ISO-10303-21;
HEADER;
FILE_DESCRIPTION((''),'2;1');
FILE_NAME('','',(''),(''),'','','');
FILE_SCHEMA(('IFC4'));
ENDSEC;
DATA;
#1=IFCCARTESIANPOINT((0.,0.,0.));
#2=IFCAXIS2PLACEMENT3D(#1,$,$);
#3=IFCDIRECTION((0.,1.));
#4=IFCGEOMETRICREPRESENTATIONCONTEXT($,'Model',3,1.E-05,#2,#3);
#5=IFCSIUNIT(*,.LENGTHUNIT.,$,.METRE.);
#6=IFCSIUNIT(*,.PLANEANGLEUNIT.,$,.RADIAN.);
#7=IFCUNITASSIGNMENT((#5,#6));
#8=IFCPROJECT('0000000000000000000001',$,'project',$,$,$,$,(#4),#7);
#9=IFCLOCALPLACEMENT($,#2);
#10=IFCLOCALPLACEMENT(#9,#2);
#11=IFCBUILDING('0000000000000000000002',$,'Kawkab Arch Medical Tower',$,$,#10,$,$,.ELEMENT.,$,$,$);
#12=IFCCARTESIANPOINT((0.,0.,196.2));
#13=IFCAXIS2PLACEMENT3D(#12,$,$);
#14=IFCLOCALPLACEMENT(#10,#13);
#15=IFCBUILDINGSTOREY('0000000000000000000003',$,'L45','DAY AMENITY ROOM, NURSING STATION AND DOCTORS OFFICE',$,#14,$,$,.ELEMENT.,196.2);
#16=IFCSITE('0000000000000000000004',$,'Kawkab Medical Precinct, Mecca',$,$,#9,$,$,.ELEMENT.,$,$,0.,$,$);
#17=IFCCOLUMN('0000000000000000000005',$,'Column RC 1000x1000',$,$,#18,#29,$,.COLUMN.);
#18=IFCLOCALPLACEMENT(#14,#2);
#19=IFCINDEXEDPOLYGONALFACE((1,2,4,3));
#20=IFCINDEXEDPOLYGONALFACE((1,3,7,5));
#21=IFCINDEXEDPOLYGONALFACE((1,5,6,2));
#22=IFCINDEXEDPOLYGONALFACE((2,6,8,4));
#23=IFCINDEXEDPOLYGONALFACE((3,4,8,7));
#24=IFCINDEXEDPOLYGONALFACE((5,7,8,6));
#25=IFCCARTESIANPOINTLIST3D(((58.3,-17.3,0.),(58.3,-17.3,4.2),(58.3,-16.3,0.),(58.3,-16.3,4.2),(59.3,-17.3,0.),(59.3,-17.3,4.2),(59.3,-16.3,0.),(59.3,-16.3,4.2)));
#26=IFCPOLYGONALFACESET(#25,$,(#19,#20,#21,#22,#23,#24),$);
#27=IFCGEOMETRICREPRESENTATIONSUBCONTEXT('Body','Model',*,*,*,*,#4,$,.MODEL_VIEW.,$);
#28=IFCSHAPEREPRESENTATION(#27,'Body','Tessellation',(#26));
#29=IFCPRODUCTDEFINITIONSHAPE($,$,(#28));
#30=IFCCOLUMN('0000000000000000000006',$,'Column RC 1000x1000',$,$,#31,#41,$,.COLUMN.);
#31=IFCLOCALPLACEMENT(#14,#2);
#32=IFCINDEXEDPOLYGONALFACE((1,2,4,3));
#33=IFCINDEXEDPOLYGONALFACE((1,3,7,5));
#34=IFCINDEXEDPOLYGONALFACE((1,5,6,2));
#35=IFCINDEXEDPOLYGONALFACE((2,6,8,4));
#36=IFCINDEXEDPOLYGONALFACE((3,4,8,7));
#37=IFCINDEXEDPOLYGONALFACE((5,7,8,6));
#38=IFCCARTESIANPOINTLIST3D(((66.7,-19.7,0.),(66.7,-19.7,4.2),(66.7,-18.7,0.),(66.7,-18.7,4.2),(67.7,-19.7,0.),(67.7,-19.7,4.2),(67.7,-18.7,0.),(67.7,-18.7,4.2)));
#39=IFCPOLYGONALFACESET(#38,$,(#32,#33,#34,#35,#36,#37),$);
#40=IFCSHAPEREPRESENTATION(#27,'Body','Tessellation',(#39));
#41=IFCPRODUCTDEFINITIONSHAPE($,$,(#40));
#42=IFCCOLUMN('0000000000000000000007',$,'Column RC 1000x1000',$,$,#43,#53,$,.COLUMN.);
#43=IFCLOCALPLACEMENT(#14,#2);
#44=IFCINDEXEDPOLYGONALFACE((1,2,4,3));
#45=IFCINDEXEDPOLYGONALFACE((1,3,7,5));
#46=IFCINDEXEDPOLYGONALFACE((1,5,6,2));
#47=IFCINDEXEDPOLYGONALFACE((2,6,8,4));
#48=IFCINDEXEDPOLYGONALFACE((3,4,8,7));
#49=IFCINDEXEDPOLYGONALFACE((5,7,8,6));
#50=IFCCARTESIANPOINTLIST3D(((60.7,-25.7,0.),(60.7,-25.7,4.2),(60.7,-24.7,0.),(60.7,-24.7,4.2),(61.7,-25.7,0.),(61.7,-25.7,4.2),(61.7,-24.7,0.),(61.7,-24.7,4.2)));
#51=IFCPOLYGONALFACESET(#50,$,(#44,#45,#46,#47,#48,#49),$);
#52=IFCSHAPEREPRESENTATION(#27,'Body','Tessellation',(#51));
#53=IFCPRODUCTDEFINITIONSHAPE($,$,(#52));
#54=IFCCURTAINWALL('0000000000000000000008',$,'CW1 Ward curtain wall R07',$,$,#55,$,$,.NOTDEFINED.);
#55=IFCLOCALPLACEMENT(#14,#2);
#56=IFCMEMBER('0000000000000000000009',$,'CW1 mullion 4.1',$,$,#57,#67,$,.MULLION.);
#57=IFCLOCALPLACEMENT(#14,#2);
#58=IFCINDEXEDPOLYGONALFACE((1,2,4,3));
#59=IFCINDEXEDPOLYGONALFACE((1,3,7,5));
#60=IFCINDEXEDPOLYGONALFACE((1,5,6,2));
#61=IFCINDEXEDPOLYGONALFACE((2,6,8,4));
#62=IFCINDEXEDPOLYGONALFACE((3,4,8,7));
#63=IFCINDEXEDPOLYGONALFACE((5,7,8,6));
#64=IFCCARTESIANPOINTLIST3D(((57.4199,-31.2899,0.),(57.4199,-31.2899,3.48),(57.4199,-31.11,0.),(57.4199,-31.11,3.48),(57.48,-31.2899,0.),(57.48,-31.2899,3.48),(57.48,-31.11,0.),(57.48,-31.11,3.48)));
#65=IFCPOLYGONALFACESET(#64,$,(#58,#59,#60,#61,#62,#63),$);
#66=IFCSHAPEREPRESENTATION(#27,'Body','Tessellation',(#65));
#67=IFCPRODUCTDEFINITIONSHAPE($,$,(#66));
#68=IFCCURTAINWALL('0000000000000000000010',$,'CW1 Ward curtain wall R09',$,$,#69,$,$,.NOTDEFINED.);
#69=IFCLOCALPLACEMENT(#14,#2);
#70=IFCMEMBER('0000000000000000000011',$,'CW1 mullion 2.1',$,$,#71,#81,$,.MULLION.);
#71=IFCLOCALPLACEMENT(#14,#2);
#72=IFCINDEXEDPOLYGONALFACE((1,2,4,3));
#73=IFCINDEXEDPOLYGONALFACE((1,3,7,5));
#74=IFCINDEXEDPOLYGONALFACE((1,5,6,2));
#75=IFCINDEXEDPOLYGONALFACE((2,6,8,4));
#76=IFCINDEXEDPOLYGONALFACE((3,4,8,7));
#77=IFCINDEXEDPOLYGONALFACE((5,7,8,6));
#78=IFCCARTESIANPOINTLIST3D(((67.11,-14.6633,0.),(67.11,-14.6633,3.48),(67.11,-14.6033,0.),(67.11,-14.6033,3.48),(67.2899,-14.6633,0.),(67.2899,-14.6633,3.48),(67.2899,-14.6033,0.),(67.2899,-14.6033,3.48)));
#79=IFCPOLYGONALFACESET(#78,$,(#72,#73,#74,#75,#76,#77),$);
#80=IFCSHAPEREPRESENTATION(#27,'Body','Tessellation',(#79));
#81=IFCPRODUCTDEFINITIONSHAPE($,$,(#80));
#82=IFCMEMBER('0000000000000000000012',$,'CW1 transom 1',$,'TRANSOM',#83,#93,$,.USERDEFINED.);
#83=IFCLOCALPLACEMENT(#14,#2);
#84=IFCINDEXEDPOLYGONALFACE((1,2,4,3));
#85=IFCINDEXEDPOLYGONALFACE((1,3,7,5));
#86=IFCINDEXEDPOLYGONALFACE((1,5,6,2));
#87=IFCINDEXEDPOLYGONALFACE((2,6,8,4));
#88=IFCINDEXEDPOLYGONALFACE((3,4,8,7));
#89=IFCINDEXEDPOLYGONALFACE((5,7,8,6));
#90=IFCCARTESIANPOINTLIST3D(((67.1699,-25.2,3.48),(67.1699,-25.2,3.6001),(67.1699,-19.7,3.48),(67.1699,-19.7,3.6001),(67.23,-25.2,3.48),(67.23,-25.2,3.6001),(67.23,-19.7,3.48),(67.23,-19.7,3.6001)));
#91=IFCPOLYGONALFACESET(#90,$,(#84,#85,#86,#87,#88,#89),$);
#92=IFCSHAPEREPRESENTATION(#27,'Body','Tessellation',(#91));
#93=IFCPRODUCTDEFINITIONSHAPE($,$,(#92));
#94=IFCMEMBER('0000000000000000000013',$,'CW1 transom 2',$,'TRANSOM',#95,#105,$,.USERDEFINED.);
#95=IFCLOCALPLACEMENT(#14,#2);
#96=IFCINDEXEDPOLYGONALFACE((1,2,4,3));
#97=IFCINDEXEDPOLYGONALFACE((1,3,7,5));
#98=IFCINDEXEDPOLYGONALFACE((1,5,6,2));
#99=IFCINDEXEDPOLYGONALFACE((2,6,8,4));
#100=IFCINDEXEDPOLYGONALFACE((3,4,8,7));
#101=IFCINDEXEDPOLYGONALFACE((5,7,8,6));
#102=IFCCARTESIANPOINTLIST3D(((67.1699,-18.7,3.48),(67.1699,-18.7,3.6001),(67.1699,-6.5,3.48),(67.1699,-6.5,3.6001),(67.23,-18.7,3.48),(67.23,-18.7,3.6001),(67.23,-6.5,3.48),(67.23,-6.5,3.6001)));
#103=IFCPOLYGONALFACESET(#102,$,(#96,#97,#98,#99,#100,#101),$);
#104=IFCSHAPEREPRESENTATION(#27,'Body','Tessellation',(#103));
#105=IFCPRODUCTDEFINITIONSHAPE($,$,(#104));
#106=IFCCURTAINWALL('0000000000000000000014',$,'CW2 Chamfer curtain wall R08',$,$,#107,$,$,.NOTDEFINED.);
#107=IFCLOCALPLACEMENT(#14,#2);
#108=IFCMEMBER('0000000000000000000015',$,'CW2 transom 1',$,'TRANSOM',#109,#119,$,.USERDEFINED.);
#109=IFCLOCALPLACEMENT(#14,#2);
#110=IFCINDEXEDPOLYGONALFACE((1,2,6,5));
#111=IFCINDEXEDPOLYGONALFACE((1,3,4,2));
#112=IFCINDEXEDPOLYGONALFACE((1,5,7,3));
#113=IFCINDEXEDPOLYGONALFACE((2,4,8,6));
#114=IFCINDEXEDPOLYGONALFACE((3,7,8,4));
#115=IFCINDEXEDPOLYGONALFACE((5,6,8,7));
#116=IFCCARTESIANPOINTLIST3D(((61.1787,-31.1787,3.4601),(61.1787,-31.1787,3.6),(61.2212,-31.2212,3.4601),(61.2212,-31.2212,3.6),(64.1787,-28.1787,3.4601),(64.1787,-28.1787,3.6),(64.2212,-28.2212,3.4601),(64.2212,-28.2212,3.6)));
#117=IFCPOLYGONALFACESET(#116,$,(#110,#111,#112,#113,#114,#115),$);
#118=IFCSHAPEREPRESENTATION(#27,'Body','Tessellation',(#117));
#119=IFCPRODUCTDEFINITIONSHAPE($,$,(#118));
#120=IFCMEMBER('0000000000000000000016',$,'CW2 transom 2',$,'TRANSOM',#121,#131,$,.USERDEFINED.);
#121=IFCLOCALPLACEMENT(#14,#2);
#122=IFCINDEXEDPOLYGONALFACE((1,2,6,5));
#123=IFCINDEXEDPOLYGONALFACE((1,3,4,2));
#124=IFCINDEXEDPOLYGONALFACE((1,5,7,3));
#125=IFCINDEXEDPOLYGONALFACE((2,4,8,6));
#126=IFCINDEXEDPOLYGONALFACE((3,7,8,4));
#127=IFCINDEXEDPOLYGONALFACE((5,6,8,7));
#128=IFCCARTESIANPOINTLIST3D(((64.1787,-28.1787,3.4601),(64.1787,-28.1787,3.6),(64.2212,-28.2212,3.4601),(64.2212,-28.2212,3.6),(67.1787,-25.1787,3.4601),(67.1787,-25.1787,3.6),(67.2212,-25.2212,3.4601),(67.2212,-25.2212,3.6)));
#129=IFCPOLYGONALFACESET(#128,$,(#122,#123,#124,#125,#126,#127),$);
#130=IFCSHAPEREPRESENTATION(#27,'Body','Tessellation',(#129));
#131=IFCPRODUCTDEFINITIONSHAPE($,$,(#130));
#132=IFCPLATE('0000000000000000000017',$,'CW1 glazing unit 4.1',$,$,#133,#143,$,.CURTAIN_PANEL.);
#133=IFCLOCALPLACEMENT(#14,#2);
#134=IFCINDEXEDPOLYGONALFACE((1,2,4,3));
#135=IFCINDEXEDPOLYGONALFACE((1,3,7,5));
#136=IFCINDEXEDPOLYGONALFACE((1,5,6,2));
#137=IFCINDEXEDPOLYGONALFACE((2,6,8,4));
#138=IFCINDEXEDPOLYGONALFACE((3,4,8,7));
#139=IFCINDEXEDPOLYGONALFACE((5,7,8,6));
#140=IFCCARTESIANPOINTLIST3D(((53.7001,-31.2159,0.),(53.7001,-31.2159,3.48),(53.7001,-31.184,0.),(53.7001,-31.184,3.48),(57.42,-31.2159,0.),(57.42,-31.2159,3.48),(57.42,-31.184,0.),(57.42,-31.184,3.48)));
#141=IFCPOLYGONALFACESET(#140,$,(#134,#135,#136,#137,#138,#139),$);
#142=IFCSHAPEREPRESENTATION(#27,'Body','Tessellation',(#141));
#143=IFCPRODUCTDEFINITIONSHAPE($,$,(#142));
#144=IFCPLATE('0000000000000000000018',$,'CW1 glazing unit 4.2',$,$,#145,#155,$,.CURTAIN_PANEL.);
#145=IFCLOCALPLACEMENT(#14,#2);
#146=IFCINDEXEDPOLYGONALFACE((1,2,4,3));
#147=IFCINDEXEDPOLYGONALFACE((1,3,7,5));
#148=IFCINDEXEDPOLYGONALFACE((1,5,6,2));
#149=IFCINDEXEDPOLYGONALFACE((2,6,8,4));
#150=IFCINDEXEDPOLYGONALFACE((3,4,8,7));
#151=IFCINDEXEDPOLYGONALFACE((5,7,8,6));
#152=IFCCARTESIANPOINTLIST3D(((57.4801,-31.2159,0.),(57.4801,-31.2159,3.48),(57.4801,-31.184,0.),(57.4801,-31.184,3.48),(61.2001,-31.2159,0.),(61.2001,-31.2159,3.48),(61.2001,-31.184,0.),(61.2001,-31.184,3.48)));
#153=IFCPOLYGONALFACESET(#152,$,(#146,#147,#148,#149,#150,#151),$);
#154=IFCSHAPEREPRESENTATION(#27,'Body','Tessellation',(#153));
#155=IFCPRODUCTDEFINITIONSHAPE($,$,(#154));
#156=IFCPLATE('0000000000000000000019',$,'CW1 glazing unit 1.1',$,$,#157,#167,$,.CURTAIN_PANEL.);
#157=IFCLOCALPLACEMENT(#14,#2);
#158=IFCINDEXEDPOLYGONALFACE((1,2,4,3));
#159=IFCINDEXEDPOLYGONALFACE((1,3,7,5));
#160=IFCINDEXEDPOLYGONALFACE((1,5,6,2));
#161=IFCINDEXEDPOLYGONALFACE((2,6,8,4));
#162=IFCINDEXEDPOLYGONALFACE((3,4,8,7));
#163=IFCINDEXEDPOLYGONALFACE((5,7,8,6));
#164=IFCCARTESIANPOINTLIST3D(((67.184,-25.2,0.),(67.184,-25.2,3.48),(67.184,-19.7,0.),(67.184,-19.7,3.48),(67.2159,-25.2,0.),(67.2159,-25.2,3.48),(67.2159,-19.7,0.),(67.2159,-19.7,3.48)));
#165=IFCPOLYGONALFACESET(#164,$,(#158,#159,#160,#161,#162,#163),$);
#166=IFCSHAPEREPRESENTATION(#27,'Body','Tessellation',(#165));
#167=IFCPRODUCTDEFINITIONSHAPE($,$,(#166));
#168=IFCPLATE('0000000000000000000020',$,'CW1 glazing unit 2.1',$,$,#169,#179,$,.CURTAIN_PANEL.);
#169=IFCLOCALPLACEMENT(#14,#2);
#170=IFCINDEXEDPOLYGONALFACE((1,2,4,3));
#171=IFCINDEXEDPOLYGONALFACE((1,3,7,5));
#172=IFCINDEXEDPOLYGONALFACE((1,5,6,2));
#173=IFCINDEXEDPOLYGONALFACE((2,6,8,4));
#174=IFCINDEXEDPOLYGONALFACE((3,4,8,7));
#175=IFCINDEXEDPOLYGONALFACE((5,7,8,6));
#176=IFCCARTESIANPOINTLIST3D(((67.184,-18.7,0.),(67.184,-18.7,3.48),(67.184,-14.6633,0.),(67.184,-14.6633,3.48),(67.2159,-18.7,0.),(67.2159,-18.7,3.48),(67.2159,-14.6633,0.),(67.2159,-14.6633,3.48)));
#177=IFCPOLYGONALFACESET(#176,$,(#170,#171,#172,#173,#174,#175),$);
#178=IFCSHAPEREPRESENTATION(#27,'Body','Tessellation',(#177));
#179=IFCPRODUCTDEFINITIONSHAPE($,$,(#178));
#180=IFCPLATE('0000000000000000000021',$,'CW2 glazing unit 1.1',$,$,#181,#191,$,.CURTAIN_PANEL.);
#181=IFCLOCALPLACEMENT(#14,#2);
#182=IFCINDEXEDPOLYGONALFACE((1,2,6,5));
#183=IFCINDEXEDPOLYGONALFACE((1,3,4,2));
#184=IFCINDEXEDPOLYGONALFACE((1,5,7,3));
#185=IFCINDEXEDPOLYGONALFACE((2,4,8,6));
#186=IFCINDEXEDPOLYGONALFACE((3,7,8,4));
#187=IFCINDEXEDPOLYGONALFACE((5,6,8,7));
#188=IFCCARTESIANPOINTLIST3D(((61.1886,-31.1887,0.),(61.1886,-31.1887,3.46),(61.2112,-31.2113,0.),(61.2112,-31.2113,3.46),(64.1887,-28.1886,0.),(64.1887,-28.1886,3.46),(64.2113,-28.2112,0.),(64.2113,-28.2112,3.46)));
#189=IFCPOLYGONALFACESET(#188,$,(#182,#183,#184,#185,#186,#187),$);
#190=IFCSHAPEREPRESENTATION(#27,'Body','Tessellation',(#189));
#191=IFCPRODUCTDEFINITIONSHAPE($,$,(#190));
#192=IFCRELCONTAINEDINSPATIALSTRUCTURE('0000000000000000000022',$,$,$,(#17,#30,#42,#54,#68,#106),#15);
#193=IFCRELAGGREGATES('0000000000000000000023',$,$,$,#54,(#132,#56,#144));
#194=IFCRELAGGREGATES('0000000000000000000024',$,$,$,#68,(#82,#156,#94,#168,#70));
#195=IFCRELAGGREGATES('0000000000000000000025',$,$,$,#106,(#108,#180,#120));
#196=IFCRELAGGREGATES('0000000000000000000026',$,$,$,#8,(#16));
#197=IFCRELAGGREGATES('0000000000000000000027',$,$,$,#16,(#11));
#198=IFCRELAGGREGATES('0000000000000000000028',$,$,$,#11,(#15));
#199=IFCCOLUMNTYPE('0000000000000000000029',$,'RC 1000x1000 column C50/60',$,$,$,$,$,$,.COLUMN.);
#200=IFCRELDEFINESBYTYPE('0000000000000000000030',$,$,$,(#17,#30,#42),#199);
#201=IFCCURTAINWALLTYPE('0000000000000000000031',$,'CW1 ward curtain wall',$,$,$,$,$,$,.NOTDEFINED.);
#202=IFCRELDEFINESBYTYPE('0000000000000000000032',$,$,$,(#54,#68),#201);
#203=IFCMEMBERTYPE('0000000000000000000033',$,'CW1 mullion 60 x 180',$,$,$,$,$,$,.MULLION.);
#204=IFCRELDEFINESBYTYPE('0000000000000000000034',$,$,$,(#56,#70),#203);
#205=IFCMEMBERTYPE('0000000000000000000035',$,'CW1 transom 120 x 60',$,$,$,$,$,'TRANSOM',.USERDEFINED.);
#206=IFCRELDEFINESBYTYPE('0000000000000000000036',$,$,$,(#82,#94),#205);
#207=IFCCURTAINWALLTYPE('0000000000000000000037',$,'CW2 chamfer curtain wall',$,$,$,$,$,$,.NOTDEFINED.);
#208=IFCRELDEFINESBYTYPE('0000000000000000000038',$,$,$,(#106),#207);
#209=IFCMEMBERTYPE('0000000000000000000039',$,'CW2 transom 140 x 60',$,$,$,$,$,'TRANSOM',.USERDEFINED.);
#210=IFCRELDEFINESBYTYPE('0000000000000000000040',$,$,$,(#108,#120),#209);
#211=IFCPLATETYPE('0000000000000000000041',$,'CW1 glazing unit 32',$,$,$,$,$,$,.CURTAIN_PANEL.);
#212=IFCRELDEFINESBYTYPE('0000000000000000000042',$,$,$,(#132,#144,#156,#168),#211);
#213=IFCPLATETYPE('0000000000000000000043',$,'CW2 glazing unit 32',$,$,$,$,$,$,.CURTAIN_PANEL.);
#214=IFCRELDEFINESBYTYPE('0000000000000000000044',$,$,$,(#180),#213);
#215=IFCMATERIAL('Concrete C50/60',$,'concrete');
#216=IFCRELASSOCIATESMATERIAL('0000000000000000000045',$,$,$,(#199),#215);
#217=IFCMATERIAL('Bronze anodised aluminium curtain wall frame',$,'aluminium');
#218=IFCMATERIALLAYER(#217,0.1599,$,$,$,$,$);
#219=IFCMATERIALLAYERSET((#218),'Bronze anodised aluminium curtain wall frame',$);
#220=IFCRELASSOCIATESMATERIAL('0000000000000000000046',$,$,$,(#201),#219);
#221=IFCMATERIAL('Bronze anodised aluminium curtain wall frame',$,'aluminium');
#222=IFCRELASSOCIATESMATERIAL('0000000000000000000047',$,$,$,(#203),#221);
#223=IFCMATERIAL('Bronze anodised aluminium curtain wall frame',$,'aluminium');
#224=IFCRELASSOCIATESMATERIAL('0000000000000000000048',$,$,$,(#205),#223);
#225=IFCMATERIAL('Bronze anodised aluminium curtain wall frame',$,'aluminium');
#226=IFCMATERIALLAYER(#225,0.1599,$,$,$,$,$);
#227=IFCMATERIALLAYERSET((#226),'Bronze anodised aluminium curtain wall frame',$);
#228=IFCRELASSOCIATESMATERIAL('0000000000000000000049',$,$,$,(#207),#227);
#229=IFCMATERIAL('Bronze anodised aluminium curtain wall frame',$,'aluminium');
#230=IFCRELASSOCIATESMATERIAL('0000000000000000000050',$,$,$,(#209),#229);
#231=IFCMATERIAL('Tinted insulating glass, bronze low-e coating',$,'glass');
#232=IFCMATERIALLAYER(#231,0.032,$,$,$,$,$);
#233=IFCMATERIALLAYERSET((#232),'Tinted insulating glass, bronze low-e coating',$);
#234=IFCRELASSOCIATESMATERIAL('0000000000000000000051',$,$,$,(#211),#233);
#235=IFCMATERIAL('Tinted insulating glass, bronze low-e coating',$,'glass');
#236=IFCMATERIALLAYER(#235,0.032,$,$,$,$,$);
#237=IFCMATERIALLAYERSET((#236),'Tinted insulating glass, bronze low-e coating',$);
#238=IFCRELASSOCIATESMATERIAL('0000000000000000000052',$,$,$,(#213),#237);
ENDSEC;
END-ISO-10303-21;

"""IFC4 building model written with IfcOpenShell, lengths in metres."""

from ifc_helpers import new_model, si_unit, direction, frame, origin, origin_2d, place, context, subcontext, project, spatial, rectangle, extrude, material, layer, layer_set, material_profile, profile_set, type_object, element, aggregate, save


model = new_model("IFC4")

# Units and contexts
model_context = context("Model", 3, precision=1e-05, world=origin(), true_north=direction((0.0, 1.0)))
body_context = subcontext(model_context, "Body", "Model", "MODEL_VIEW")
ifc_project = project(units=[si_unit("LENGTHUNIT", "METRE"), si_unit("PLANEANGLEUNIT", "RADIAN")], contexts=[model_context])

# Site, building, storey
site_placement = place(None, origin())
site = spatial("IfcSite", under=ifc_project, at=site_placement, Name="Kawkab Medical Precinct, Mecca", CompositionType="ELEMENT", RefElevation=0.0)
building_placement = place(site_placement, origin())
building = spatial("IfcBuilding", under=site, at=building_placement, Name="Kawkab Arch Medical Tower", CompositionType="ELEMENT")
storey_placement = place(building_placement, frame((0.0, 0.0, 196.2)))
storey = spatial("IfcBuildingStorey", under=building, at=storey_placement, Name="L45", Description="DAY AMENITY ROOM, NURSING STATION AND DOCTORS OFFICE", CompositionType="ELEMENT", Elevation=196.2)

# Columns
ifc_material_1 = material(Name="Concrete C50/60", Category="concrete")
ifc_material_profile_1 = material_profile(ifc_material_1, rectangle(XDim=1.0, YDim=1.0, at=origin_2d()), Name="RC 1000x1000")
ifc_profile_set_1 = profile_set([ifc_material_profile_1], Name="Concrete C50/60")
column_type = type_object("IfcColumnType", Name="RC 1000x1000 column C50/60", PredefinedType="COLUMN", material=ifc_profile_set_1)
for number, where, z_axis, x_axis, name in (
    (1, (58.8, -16.8, 0.0), (0.0, 0.0, 1.0), (1.0, 0.0, 0.0), "Column RC 1000x1000"),
    (2, (67.2, -19.2, 0.0), (0.0, 0.0, 1.0), (1.0, 0.0, 0.0), "Column RC 1000x1000"),
    (3, (61.2, -25.2, 0.0), (0.0, 0.0, 1.0), (1.0, 0.0, 0.0), "Column RC 1000x1000"),
):
    element("IfcColumn", number, at=place(storey_placement, frame(where, z_axis=z_axis, x_axis=x_axis)), inside=storey, type_object=column_type, Name=name, PredefinedType="COLUMN", context=body_context, shape_type="SweptSolid", body=[
        extrude(rectangle(XDim=1.0, YDim=1.0, at=origin_2d()), origin(), (0.0, 0.0, 1.0), 4.2),
    ])

# Curtain wall, member
ifc_material_2 = material(Name="Bronze anodised aluminium curtain wall frame", Category="aluminium")
ifc_layer_1 = layer(ifc_material_2, 0.1599)
ifc_layer_set_1 = layer_set([ifc_layer_1], Name="Bronze anodised aluminium curtain wall frame")
curtain_wall_type_1 = type_object("IfcCurtainWallType", Name="CW1 ward curtain wall", PredefinedType="NOTDEFINED", material=ifc_layer_set_1)
placement = place(storey_placement, origin())
curtain_wall_1 = element("IfcCurtainWall", 4, at=placement, inside=storey, type_object=curtain_wall_type_1, Name="CW1 Ward curtain wall R07", PredefinedType="NOTDEFINED")
ifc_material_3 = material(Name="Bronze anodised aluminium curtain wall frame", Category="aluminium")
ifc_material_profile_2 = material_profile(ifc_material_3, rectangle(XDim=0.1799, YDim=0.0601, at=origin_2d()), Name="AL 60x180")
ifc_profile_set_2 = profile_set([ifc_material_profile_2], Name="Bronze anodised aluminium curtain wall frame")
member_type_1 = type_object("IfcMemberType", Name="CW1 mullion 60 x 180", PredefinedType="MULLION", material=ifc_profile_set_2)
member_1_placement = place(storey_placement, frame((57.45, -31.2, 0.0), z_axis=(0.0, 0.0, 1.0), x_axis=(0.0, 1.0, 0.0)))
member_1 = element("IfcMember", 5, at=member_1_placement, type_object=member_type_1, Name="CW1 mullion 4.1", PredefinedType="MULLION", context=body_context, shape_type="SweptSolid", body=[
    extrude(rectangle(XDim=0.1799, YDim=0.0601, at=origin_2d()), origin(), (0.0, 0.0, 1.0), 3.48),
])

# Curtain walls, members
curtain_wall_2 = element("IfcCurtainWall", 6, at=placement, inside=storey, type_object=curtain_wall_type_1, Name="CW1 Ward curtain wall R09", PredefinedType="NOTDEFINED")
member_2_placement = place(storey_placement, frame((67.2, -14.6333, 0.0), z_axis=(0.0, 0.0, 1.0), x_axis=(-1.0, 0.0, 0.0)))
member_2 = element("IfcMember", 7, at=member_2_placement, type_object=member_type_1, Name="CW1 mullion 2.1", PredefinedType="MULLION", context=body_context, shape_type="SweptSolid", body=[
    extrude(rectangle(XDim=0.1799, YDim=0.0601, at=origin_2d()), origin(), (0.0, 0.0, 1.0), 3.48),
])
ifc_material_4 = material(Name="Bronze anodised aluminium curtain wall frame", Category="aluminium")
ifc_material_profile_3 = material_profile(ifc_material_4, rectangle(XDim=0.0601, YDim=0.1201, at=origin_2d()), Name="AL 60x120")
ifc_profile_set_3 = profile_set([ifc_material_profile_3], Name="Bronze anodised aluminium curtain wall frame")
member_type_2 = type_object("IfcMemberType", Name="CW1 transom 120 x 60", ElementType="TRANSOM", PredefinedType="USERDEFINED", material=ifc_profile_set_3)
member_3_placement = place(storey_placement, frame((67.2, -25.2, 3.54), z_axis=(0.0, 1.0, 0.0), x_axis=(-1.0, 0.0, 0.0)))
member_3 = element("IfcMember", 8, at=member_3_placement, type_object=member_type_2, Name="CW1 transom 1", ObjectType="TRANSOM", PredefinedType="USERDEFINED", context=body_context, shape_type="SweptSolid", body=[
    extrude(rectangle(XDim=0.0601, YDim=0.1201, at=origin_2d()), origin(), (0.0, 0.0, 1.0), 5.5),
])
member_4_placement = place(storey_placement, frame((67.2, -18.7, 3.54), z_axis=(0.0, 1.0, 0.0), x_axis=(-1.0, 0.0, 0.0)))
member_4 = element("IfcMember", 9, at=member_4_placement, type_object=member_type_2, Name="CW1 transom 2", ObjectType="TRANSOM", PredefinedType="USERDEFINED", context=body_context, shape_type="SweptSolid", body=[
    extrude(rectangle(XDim=0.0601, YDim=0.1201, at=origin_2d()), origin(), (0.0, 0.0, 1.0), 12.2),
])
ifc_material_5 = material(Name="Bronze anodised aluminium curtain wall frame", Category="aluminium")
ifc_layer_2 = layer(ifc_material_5, 0.1599)
ifc_layer_set_2 = layer_set([ifc_layer_2], Name="Bronze anodised aluminium curtain wall frame")
curtain_wall_type_2 = type_object("IfcCurtainWallType", Name="CW2 chamfer curtain wall", PredefinedType="NOTDEFINED", material=ifc_layer_set_2)
curtain_wall_3 = element("IfcCurtainWall", 10, at=placement, inside=storey, type_object=curtain_wall_type_2, Name="CW2 Chamfer curtain wall R08", PredefinedType="NOTDEFINED")
ifc_material_6 = material(Name="Bronze anodised aluminium curtain wall frame", Category="aluminium")
ifc_material_profile_4 = material_profile(ifc_material_6, rectangle(XDim=0.0601, YDim=0.1399, at=origin_2d()), Name="AL 60x140")
ifc_profile_set_4 = profile_set([ifc_material_profile_4], Name="Bronze anodised aluminium curtain wall frame")
member_type_3 = type_object("IfcMemberType", Name="CW2 transom 140 x 60", ElementType="TRANSOM", PredefinedType="USERDEFINED", material=ifc_profile_set_4)
member_5_placement = place(storey_placement, frame((61.2, -31.2, 3.53), z_axis=(0.707107, 0.707107, 0.0), x_axis=(-0.707107, 0.707107, 0.0)))
member_5 = element("IfcMember", 11, at=member_5_placement, type_object=member_type_3, Name="CW2 transom 1", ObjectType="TRANSOM", PredefinedType="USERDEFINED", context=body_context, shape_type="SweptSolid", body=[
    extrude(rectangle(XDim=0.0601, YDim=0.1399, at=origin_2d()), origin(), (0.0, 0.0, 1.0), 4.2427),
])
member_6_placement = place(storey_placement, frame((64.2, -28.2, 3.53), z_axis=(0.707107, 0.707107, 0.0), x_axis=(-0.707107, 0.707107, 0.0)))
member_6 = element("IfcMember", 12, at=member_6_placement, type_object=member_type_3, Name="CW2 transom 2", ObjectType="TRANSOM", PredefinedType="USERDEFINED", context=body_context, shape_type="SweptSolid", body=[
    extrude(rectangle(XDim=0.0601, YDim=0.1399, at=origin_2d()), origin(), (0.0, 0.0, 1.0), 4.2427),
])

# Plates
ifc_material_7 = material(Name="Tinted insulating glass, bronze low-e coating", Category="glass")
ifc_layer_3 = layer(ifc_material_7, 0.032)
ifc_layer_set_3 = layer_set([ifc_layer_3], Name="Tinted insulating glass, bronze low-e coating")
plate_type_1 = type_object("IfcPlateType", Name="CW1 glazing unit 32", PredefinedType="CURTAIN_PANEL", material=ifc_layer_set_3)
plate_1_placement = place(storey_placement, frame((55.5601, -31.2, 0.0), z_axis=(0.0, 0.0, 1.0), x_axis=(1.0, 0.0, 0.0)))
plate_1 = element("IfcPlate", 13, at=plate_1_placement, type_object=plate_type_1, Name="CW1 glazing unit 4.1", PredefinedType="CURTAIN_PANEL", context=body_context, shape_type="SweptSolid", body=[
    extrude(rectangle(XDim=3.72, YDim=0.032, at=origin_2d()), origin(), (0.0, 0.0, 1.0), 3.48),
])
plate_2_placement = place(storey_placement, frame((59.3401, -31.2, 0.0), z_axis=(0.0, 0.0, 1.0), x_axis=(1.0, 0.0, 0.0)))
plate_2 = element("IfcPlate", 14, at=plate_2_placement, type_object=plate_type_1, Name="CW1 glazing unit 4.2", PredefinedType="CURTAIN_PANEL", context=body_context, shape_type="SweptSolid", body=[
    extrude(rectangle(XDim=3.72, YDim=0.032, at=origin_2d()), origin(), (0.0, 0.0, 1.0), 3.48),
])
aggregate(curtain_wall_1, [plate_1, member_1, plate_2])
plate_3_placement = place(storey_placement, frame((67.2, -22.45, 0.0), z_axis=(0.0, 0.0, 1.0), x_axis=(0.0, 1.0, 0.0)))
plate_3 = element("IfcPlate", 15, at=plate_3_placement, type_object=plate_type_1, Name="CW1 glazing unit 1.1", PredefinedType="CURTAIN_PANEL", context=body_context, shape_type="SweptSolid", body=[
    extrude(rectangle(XDim=5.5, YDim=0.032, at=origin_2d()), origin(), (0.0, 0.0, 1.0), 3.48),
])
plate_4_placement = place(storey_placement, frame((67.2, -16.6816, 0.0), z_axis=(0.0, 0.0, 1.0), x_axis=(0.0, 1.0, 0.0)))
plate_4 = element("IfcPlate", 16, at=plate_4_placement, type_object=plate_type_1, Name="CW1 glazing unit 2.1", PredefinedType="CURTAIN_PANEL", context=body_context, shape_type="SweptSolid", body=[
    extrude(rectangle(XDim=4.0366, YDim=0.032, at=origin_2d()), origin(), (0.0, 0.0, 1.0), 3.48),
])
aggregate(curtain_wall_2, [member_3, plate_3, member_4, plate_4, member_2])
ifc_material_8 = material(Name="Tinted insulating glass, bronze low-e coating", Category="glass")
ifc_layer_4 = layer(ifc_material_8, 0.032)
ifc_layer_set_4 = layer_set([ifc_layer_4], Name="Tinted insulating glass, bronze low-e coating")
plate_type_2 = type_object("IfcPlateType", Name="CW2 glazing unit 32", PredefinedType="CURTAIN_PANEL", material=ifc_layer_set_4)
plate_5_placement = place(storey_placement, frame((62.7, -29.7, 0.0), z_axis=(0.0, 0.0, 1.0), x_axis=(0.707107, 0.707107, 0.0)))
plate_5 = element("IfcPlate", 17, at=plate_5_placement, type_object=plate_type_2, Name="CW2 glazing unit 1.1", PredefinedType="CURTAIN_PANEL", context=body_context, shape_type="SweptSolid", body=[
    extrude(rectangle(XDim=4.2427, YDim=0.032, at=origin_2d()), origin(), (0.0, 0.0, 1.0), 3.46),
])
aggregate(curtain_wall_3, [member_5, plate_5, member_6])

save(model, "model.ifc")
